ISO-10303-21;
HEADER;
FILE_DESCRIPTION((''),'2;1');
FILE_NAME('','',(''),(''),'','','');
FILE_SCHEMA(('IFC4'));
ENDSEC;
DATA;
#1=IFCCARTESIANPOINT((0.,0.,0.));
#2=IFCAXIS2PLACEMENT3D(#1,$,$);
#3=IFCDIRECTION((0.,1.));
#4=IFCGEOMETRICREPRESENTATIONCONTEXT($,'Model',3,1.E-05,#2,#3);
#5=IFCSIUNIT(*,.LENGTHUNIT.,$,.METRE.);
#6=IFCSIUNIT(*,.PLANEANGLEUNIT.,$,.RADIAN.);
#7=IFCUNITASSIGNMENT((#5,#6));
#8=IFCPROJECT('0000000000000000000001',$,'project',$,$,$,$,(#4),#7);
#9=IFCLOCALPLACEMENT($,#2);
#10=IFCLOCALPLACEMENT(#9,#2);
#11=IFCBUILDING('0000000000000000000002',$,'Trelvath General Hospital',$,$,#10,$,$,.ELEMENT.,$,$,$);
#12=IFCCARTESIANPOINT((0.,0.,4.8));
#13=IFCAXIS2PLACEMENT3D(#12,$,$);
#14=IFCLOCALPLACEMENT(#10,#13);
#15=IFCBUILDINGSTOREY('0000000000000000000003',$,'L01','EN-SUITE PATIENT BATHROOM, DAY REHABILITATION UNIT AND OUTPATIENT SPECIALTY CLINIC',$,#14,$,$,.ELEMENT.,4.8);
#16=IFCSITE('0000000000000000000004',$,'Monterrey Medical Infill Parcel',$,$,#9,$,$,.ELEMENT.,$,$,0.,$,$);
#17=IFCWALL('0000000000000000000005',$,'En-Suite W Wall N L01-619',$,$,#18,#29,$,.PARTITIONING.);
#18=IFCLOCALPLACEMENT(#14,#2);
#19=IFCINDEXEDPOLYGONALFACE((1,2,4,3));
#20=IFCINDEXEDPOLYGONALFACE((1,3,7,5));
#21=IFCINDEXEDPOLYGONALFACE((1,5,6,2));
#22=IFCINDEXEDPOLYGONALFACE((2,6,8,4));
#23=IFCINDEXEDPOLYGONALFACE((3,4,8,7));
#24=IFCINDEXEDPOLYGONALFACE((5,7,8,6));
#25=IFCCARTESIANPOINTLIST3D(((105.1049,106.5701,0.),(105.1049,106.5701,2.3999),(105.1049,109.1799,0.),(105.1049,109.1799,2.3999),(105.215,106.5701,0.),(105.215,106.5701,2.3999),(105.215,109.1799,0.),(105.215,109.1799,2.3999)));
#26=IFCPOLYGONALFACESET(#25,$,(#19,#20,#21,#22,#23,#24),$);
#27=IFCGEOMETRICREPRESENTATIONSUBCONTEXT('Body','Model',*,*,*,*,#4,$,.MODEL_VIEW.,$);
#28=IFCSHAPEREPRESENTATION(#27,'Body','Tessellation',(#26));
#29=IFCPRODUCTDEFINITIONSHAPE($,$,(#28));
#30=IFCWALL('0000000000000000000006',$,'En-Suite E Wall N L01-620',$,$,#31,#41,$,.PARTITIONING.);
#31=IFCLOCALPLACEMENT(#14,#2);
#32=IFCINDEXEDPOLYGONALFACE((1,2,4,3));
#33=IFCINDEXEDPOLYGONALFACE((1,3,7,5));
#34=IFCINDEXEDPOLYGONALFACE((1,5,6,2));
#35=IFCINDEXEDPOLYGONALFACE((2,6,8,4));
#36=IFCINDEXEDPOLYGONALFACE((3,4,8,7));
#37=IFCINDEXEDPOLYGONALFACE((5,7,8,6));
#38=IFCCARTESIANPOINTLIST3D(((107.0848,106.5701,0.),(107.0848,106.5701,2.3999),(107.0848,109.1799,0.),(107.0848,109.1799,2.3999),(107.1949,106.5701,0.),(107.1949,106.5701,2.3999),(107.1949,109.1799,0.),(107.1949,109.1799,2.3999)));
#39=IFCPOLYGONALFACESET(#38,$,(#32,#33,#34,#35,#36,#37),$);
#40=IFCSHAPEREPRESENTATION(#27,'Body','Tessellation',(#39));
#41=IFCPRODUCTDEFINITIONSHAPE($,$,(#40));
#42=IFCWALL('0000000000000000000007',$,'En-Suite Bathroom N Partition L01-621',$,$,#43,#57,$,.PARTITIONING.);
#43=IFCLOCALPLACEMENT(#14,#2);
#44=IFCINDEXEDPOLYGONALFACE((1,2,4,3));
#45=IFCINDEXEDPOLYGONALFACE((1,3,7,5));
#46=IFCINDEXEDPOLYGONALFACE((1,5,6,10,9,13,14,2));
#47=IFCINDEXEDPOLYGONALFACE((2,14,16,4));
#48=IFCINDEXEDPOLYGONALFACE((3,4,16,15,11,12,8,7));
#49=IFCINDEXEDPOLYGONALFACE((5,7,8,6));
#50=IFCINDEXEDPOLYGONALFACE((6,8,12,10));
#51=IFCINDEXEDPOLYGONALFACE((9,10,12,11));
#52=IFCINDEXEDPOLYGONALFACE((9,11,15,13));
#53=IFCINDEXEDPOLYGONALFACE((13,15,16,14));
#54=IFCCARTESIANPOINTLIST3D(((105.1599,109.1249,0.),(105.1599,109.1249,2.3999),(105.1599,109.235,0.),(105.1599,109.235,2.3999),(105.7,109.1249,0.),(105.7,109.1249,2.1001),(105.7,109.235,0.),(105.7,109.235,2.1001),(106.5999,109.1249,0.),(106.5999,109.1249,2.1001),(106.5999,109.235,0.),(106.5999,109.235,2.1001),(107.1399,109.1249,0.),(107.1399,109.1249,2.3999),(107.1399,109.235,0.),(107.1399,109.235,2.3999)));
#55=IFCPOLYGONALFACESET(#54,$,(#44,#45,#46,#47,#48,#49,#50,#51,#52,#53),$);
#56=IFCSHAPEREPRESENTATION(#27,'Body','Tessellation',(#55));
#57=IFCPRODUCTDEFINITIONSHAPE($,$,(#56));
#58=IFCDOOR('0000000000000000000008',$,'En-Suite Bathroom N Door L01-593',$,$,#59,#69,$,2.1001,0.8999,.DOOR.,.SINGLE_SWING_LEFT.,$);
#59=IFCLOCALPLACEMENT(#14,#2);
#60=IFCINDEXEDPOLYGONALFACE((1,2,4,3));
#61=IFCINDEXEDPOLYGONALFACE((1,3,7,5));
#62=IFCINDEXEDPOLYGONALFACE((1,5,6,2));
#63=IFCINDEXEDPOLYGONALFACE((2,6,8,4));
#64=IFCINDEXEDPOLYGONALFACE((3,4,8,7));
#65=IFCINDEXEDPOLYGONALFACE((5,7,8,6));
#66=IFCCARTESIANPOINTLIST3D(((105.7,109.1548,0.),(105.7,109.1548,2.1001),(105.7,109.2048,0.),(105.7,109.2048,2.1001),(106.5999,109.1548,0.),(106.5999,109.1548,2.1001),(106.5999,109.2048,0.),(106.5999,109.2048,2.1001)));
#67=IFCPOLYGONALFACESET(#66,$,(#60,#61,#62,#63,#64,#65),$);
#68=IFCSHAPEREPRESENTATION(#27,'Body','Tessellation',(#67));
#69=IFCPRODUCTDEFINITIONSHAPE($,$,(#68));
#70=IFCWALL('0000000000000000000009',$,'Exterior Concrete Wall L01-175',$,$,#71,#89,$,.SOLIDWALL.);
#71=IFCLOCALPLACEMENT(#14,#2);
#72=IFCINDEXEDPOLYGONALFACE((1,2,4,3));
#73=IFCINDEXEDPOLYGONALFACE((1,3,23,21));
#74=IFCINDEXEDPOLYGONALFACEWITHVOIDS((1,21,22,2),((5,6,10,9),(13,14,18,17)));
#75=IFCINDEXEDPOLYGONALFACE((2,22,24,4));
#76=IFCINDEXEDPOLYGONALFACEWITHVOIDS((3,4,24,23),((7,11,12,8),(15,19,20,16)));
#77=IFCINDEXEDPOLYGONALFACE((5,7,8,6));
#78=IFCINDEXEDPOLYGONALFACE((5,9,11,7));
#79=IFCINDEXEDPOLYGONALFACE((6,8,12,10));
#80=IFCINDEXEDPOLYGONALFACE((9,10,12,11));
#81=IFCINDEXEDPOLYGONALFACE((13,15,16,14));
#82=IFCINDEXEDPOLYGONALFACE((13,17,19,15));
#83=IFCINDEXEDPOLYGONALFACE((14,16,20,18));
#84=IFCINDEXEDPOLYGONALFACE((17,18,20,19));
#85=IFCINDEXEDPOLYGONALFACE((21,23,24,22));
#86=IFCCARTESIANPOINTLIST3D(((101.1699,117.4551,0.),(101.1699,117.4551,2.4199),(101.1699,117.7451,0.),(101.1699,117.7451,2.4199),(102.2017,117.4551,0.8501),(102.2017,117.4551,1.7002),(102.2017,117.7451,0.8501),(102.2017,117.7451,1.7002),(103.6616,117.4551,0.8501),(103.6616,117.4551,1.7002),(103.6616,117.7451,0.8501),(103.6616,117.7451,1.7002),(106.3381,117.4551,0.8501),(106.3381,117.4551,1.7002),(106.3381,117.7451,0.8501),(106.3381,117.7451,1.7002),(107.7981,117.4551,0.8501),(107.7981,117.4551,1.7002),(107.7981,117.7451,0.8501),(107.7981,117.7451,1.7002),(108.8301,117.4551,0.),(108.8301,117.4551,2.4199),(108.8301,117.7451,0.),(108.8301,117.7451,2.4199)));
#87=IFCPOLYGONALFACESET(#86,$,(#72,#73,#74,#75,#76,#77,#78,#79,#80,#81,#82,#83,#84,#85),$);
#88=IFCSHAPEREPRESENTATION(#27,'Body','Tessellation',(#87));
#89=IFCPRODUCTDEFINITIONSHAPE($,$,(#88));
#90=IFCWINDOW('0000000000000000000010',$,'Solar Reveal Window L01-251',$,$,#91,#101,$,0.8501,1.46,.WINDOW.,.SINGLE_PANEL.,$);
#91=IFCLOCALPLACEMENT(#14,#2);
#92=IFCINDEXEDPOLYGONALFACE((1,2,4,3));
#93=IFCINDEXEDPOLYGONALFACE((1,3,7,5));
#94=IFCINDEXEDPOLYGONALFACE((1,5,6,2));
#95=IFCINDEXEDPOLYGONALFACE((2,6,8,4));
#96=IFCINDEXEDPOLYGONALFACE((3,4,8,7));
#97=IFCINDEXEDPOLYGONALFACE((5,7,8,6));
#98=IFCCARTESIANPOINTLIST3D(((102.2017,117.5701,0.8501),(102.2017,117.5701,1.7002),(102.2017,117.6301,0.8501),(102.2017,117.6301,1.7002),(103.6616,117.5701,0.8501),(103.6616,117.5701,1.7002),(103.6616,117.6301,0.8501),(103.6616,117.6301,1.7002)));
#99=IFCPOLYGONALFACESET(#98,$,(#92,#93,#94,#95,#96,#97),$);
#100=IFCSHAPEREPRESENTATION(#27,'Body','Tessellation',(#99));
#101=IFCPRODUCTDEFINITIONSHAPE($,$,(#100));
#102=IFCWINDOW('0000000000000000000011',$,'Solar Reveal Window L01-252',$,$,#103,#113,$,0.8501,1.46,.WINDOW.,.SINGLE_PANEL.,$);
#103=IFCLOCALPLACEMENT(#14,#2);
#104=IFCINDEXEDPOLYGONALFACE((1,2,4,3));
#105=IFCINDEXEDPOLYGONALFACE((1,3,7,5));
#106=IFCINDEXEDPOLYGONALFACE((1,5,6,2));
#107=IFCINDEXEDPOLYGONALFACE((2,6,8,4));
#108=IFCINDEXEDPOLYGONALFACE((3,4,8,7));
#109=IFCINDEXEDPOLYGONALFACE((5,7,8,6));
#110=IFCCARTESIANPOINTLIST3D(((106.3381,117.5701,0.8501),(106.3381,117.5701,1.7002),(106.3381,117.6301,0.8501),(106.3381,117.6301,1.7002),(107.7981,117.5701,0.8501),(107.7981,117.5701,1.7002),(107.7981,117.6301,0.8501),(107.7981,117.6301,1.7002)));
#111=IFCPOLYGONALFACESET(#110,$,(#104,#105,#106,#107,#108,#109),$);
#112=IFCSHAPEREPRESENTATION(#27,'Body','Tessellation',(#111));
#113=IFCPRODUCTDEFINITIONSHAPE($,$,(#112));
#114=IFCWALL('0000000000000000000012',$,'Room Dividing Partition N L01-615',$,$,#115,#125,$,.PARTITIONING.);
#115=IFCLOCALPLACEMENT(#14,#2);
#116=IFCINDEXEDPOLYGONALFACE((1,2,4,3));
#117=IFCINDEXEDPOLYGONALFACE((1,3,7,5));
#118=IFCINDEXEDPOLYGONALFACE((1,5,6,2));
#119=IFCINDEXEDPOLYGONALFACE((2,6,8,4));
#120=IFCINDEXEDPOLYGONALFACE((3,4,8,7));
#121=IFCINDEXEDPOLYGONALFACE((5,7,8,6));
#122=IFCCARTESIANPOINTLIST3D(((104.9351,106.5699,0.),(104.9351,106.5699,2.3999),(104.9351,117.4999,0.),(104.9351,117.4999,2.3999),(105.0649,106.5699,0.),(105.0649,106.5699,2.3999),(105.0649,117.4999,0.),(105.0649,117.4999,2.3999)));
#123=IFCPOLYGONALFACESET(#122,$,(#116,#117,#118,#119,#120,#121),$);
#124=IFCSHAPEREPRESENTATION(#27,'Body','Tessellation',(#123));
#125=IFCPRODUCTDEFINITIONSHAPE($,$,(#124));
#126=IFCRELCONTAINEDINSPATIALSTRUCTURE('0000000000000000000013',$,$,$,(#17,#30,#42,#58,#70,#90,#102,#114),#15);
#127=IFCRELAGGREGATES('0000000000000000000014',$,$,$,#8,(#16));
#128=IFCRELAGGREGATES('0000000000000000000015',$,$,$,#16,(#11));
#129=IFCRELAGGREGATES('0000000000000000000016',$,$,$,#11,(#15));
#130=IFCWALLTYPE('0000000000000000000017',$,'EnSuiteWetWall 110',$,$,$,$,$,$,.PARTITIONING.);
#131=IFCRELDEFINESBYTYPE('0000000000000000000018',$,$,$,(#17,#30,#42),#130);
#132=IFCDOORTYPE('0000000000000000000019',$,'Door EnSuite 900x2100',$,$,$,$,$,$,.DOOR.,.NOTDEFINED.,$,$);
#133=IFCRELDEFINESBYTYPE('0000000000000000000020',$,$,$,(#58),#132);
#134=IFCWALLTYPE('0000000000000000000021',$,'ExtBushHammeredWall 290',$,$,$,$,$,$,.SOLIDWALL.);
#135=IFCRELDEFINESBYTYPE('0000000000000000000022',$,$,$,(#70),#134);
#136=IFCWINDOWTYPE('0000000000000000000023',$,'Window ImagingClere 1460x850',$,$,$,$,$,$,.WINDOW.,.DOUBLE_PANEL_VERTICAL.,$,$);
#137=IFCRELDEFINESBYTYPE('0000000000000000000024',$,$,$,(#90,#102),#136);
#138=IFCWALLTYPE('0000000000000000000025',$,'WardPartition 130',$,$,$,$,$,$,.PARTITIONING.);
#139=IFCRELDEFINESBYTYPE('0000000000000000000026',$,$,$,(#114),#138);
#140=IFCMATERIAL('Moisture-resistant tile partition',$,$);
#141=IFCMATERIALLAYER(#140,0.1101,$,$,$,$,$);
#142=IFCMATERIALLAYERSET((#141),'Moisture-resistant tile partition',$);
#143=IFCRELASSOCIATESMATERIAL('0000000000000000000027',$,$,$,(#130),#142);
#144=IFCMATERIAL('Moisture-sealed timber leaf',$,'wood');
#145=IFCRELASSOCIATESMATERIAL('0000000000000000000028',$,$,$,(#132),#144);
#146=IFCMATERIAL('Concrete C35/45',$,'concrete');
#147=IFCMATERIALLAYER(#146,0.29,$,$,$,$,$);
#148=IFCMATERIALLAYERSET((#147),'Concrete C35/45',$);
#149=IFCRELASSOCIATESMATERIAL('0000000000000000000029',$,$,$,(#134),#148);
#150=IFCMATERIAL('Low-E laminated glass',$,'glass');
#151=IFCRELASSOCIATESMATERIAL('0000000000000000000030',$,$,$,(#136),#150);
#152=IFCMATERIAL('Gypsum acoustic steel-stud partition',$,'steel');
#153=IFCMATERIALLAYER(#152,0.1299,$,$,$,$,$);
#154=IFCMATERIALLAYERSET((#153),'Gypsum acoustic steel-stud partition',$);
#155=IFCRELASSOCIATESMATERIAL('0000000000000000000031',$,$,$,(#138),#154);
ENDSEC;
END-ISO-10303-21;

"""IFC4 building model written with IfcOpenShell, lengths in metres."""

from ifc_helpers import new_model, si_unit, direction, frame, frame_2d, origin, place, context, subcontext, project, spatial, rectangle, extrude, material, layer, layer_set, type_object, element, fill, save


model = new_model("IFC4")

# Units and contexts
model_context = context("Model", 3, precision=1e-05, world=origin(), true_north=direction((0.0, 1.0)))
body_context = subcontext(model_context, "Body", "Model", "MODEL_VIEW")
ifc_project = project(units=[si_unit("LENGTHUNIT", "METRE"), si_unit("PLANEANGLEUNIT", "RADIAN")], contexts=[model_context])

# Site, building, storey
site_placement = place(None, origin())
site = spatial("IfcSite", under=ifc_project, at=site_placement, Name="Monterrey Medical Infill Parcel", CompositionType="ELEMENT", RefElevation=0.0)
building_placement = place(site_placement, origin())
building = spatial("IfcBuilding", under=site, at=building_placement, Name="Trelvath General Hospital", CompositionType="ELEMENT")
storey_placement = place(building_placement, frame((0.0, 0.0, 4.8)))
storey = spatial("IfcBuildingStorey", under=building, at=storey_placement, Name="L01", Description="EN-SUITE PATIENT BATHROOM, DAY REHABILITATION UNIT AND OUTPATIENT SPECIALTY CLINIC", CompositionType="ELEMENT", Elevation=4.8)

# Shared definitions
ifc_material_1 = material(Name="Moisture-resistant tile partition")
ifc_layer_1 = layer(ifc_material_1, 0.1101)
ifc_layer_set_1 = layer_set([ifc_layer_1], Name="Moisture-resistant tile partition")
wall_type_1 = type_object("IfcWallType", Name="EnSuiteWetWall 110", PredefinedType="PARTITIONING", material=ifc_layer_set_1)

# Shared definitions
ifc_material_2 = material(Name="Moisture-sealed timber leaf", Category="wood")
door_type = type_object("IfcDoorType", Name="Door EnSuite 900x2100", OperationType="NOTDEFINED", PredefinedType="DOOR", material=ifc_material_2)

# Walls
for number, where, z_axis, x_axis, name in (
    (1, (105.1599, 106.5701, 0.0), (0.0, 0.0, 1.0), (0.0, 1.0, 0.0), "En-Suite W Wall N L01-619"),
    (2, (107.1399, 106.5701, 0.0), (0.0, 0.0, 1.0), (0.0, 1.0, 0.0), "En-Suite E Wall N L01-620"),
):
    element("IfcWall", number, at=place(storey_placement, frame(where, z_axis=z_axis, x_axis=x_axis)), inside=storey, type_object=wall_type_1, Name=name, PredefinedType="PARTITIONING", context=body_context, shape_type="SweptSolid", body=[
        extrude(rectangle(XDim=2.6099, YDim=0.1101, at=frame_2d((1.3049, 0.0))), origin(), (0.0, 0.0, 1.0), 2.3999),
    ])

# Wall, opening, door
wall_1_placement = place(storey_placement, frame((105.1599, 109.1799, 0.0), z_axis=(0.0, 0.0, 1.0), x_axis=(1.0, 0.0, 0.0)))
wall_1 = element("IfcWall", 3, at=wall_1_placement, inside=storey, type_object=wall_type_1, Name="En-Suite Bathroom N Partition L01-621", PredefinedType="PARTITIONING", context=body_context, shape_type="SweptSolid", body=[
    extrude(rectangle(XDim=1.98, YDim=0.1101, at=frame_2d((0.99, 0.0))), origin(), (0.0, 0.0, 1.0), 2.3999),
])
opening_1_placement = place(wall_1_placement, frame((0.54, 0.0, 0.0)))
opening_1 = element("IfcOpeningElement", 4, at=opening_1_placement, cuts=wall_1, PredefinedType="OPENING", context=body_context, shape_type="SweptSolid", body=[
    extrude(rectangle(XDim=0.8999, YDim=2.1001, at=frame_2d((0.45, 1.05))), frame((0.0, 0.0649, 0.0), z_axis=(0.0, -1.0, 0.0), x_axis=(1.0, 0.0, 0.0)), (0.0, 0.0, 1.0), 0.1301),
])
door_1_placement = place(opening_1_placement, origin())
door_1 = element("IfcDoor", 5, at=door_1_placement, inside=storey, type_object=door_type, Name="En-Suite Bathroom N Door L01-593", OperationType="SINGLE_SWING_LEFT", OverallHeight=2.1001, OverallWidth=0.8999, PredefinedType="DOOR", context=body_context, shape_type="SweptSolid", body=[
    extrude(rectangle(XDim=0.8999, YDim=2.1001, at=frame_2d((0.45, 1.05))), frame((0.0, 0.0249, 0.0), z_axis=(0.0, -1.0, 0.0), x_axis=(1.0, 0.0, 0.0)), (0.0, 0.0, 1.0), 0.05),
])
fill(opening_1, door_1)

# Wall, openings, windows
ifc_material_3 = material(Name="Concrete C35/45", Category="concrete")
ifc_layer_2 = layer(ifc_material_3, 0.29)
ifc_layer_set_2 = layer_set([ifc_layer_2], Name="Concrete C35/45")
wall_type_2 = type_object("IfcWallType", Name="ExtBushHammeredWall 290", PredefinedType="SOLIDWALL", material=ifc_layer_set_2)
wall_2_placement = place(storey_placement, frame((101.1699, 117.6001, 0.0), z_axis=(0.0, 0.0, 1.0), x_axis=(1.0, 0.0, 0.0)))
wall_2 = element("IfcWall", 6, at=wall_2_placement, inside=storey, type_object=wall_type_2, Name="Exterior Concrete Wall L01-175", PredefinedType="SOLIDWALL", context=body_context, shape_type="SweptSolid", body=[
    extrude(rectangle(XDim=7.6602, YDim=0.29, at=frame_2d((3.8301, 0.0))), origin(), (0.0, 0.0, 1.0), 2.4199),
])
opening_2_placement = place(wall_2_placement, frame((1.0317, 0.0, 0.8501)))
opening_2 = element("IfcOpeningElement", 7, at=opening_2_placement, cuts=wall_2, PredefinedType="OPENING", context=body_context, shape_type="SweptSolid", body=[
    extrude(rectangle(XDim=1.46, YDim=0.8501, at=frame_2d((0.73, 0.425))), frame((0.0, 0.155, 0.0), z_axis=(0.0, -1.0, 0.0), x_axis=(1.0, 0.0, 0.0)), (0.0, 0.0, 1.0), 0.3101),
])
opening_3_placement = place(wall_2_placement, frame((5.1682, 0.0, 0.8501)))
opening_3 = element("IfcOpeningElement", 8, at=opening_3_placement, cuts=wall_2, PredefinedType="OPENING", context=body_context, shape_type="SweptSolid", body=[
    extrude(rectangle(XDim=1.46, YDim=0.8501, at=frame_2d((0.73, 0.425))), frame((0.0, 0.155, 0.0), z_axis=(0.0, -1.0, 0.0), x_axis=(1.0, 0.0, 0.0)), (0.0, 0.0, 1.0), 0.3101),
])
ifc_material_4 = material(Name="Low-E laminated glass", Category="glass")
window_type = type_object("IfcWindowType", Name="Window ImagingClere 1460x850", PartitioningType="DOUBLE_PANEL_VERTICAL", PredefinedType="WINDOW", material=ifc_material_4)
window_1_placement = place(opening_2_placement, origin())
window_1 = element("IfcWindow", 9, at=window_1_placement, inside=storey, type_object=window_type, Name="Solar Reveal Window L01-251", OverallHeight=0.8501, OverallWidth=1.46, PartitioningType="SINGLE_PANEL", PredefinedType="WINDOW", context=body_context, shape_type="SweptSolid", body=[
    extrude(rectangle(XDim=1.46, YDim=0.8501, at=frame_2d((0.73, 0.425))), frame((0.0, 0.03, 0.0), z_axis=(0.0, -1.0, 0.0), x_axis=(1.0, 0.0, 0.0)), (0.0, 0.0, 1.0), 0.0601),
])
fill(opening_2, window_1)
window_2_placement = place(opening_3_placement, origin())
window_2 = element("IfcWindow", 10, at=window_2_placement, inside=storey, type_object=window_type, Name="Solar Reveal Window L01-252", OverallHeight=0.8501, OverallWidth=1.46, PartitioningType="SINGLE_PANEL", PredefinedType="WINDOW", context=body_context, shape_type="SweptSolid", body=[
    extrude(rectangle(XDim=1.46, YDim=0.8501, at=frame_2d((0.73, 0.425))), frame((0.0, 0.03, 0.0), z_axis=(0.0, -1.0, 0.0), x_axis=(1.0, 0.0, 0.0)), (0.0, 0.0, 1.0), 0.0601),
])
fill(opening_3, window_2)

# Wall
ifc_material_5 = material(Name="Gypsum acoustic steel-stud partition", Category="steel")
ifc_layer_3 = layer(ifc_material_5, 0.1299)
ifc_layer_set_3 = layer_set([ifc_layer_3], Name="Gypsum acoustic steel-stud partition")
wall_type_3 = type_object("IfcWallType", Name="WardPartition 130", PredefinedType="PARTITIONING", material=ifc_layer_set_3)
wall_3_placement = place(storey_placement, frame((105.0, 106.5701, 0.0), z_axis=(0.0, 0.0, 1.0), x_axis=(0.0, 1.0, 0.0)))
element("IfcWall", 11, at=wall_3_placement, inside=storey, type_object=wall_type_3, Name="Room Dividing Partition N L01-615", PredefinedType="PARTITIONING", context=body_context, shape_type="SweptSolid", body=[
    extrude(rectangle(XDim=10.9299, YDim=0.1299, at=frame_2d((5.4648, 0.0))), origin(), (0.0, 0.0, 1.0), 2.3999),
])

save(model, "model.ifc")
